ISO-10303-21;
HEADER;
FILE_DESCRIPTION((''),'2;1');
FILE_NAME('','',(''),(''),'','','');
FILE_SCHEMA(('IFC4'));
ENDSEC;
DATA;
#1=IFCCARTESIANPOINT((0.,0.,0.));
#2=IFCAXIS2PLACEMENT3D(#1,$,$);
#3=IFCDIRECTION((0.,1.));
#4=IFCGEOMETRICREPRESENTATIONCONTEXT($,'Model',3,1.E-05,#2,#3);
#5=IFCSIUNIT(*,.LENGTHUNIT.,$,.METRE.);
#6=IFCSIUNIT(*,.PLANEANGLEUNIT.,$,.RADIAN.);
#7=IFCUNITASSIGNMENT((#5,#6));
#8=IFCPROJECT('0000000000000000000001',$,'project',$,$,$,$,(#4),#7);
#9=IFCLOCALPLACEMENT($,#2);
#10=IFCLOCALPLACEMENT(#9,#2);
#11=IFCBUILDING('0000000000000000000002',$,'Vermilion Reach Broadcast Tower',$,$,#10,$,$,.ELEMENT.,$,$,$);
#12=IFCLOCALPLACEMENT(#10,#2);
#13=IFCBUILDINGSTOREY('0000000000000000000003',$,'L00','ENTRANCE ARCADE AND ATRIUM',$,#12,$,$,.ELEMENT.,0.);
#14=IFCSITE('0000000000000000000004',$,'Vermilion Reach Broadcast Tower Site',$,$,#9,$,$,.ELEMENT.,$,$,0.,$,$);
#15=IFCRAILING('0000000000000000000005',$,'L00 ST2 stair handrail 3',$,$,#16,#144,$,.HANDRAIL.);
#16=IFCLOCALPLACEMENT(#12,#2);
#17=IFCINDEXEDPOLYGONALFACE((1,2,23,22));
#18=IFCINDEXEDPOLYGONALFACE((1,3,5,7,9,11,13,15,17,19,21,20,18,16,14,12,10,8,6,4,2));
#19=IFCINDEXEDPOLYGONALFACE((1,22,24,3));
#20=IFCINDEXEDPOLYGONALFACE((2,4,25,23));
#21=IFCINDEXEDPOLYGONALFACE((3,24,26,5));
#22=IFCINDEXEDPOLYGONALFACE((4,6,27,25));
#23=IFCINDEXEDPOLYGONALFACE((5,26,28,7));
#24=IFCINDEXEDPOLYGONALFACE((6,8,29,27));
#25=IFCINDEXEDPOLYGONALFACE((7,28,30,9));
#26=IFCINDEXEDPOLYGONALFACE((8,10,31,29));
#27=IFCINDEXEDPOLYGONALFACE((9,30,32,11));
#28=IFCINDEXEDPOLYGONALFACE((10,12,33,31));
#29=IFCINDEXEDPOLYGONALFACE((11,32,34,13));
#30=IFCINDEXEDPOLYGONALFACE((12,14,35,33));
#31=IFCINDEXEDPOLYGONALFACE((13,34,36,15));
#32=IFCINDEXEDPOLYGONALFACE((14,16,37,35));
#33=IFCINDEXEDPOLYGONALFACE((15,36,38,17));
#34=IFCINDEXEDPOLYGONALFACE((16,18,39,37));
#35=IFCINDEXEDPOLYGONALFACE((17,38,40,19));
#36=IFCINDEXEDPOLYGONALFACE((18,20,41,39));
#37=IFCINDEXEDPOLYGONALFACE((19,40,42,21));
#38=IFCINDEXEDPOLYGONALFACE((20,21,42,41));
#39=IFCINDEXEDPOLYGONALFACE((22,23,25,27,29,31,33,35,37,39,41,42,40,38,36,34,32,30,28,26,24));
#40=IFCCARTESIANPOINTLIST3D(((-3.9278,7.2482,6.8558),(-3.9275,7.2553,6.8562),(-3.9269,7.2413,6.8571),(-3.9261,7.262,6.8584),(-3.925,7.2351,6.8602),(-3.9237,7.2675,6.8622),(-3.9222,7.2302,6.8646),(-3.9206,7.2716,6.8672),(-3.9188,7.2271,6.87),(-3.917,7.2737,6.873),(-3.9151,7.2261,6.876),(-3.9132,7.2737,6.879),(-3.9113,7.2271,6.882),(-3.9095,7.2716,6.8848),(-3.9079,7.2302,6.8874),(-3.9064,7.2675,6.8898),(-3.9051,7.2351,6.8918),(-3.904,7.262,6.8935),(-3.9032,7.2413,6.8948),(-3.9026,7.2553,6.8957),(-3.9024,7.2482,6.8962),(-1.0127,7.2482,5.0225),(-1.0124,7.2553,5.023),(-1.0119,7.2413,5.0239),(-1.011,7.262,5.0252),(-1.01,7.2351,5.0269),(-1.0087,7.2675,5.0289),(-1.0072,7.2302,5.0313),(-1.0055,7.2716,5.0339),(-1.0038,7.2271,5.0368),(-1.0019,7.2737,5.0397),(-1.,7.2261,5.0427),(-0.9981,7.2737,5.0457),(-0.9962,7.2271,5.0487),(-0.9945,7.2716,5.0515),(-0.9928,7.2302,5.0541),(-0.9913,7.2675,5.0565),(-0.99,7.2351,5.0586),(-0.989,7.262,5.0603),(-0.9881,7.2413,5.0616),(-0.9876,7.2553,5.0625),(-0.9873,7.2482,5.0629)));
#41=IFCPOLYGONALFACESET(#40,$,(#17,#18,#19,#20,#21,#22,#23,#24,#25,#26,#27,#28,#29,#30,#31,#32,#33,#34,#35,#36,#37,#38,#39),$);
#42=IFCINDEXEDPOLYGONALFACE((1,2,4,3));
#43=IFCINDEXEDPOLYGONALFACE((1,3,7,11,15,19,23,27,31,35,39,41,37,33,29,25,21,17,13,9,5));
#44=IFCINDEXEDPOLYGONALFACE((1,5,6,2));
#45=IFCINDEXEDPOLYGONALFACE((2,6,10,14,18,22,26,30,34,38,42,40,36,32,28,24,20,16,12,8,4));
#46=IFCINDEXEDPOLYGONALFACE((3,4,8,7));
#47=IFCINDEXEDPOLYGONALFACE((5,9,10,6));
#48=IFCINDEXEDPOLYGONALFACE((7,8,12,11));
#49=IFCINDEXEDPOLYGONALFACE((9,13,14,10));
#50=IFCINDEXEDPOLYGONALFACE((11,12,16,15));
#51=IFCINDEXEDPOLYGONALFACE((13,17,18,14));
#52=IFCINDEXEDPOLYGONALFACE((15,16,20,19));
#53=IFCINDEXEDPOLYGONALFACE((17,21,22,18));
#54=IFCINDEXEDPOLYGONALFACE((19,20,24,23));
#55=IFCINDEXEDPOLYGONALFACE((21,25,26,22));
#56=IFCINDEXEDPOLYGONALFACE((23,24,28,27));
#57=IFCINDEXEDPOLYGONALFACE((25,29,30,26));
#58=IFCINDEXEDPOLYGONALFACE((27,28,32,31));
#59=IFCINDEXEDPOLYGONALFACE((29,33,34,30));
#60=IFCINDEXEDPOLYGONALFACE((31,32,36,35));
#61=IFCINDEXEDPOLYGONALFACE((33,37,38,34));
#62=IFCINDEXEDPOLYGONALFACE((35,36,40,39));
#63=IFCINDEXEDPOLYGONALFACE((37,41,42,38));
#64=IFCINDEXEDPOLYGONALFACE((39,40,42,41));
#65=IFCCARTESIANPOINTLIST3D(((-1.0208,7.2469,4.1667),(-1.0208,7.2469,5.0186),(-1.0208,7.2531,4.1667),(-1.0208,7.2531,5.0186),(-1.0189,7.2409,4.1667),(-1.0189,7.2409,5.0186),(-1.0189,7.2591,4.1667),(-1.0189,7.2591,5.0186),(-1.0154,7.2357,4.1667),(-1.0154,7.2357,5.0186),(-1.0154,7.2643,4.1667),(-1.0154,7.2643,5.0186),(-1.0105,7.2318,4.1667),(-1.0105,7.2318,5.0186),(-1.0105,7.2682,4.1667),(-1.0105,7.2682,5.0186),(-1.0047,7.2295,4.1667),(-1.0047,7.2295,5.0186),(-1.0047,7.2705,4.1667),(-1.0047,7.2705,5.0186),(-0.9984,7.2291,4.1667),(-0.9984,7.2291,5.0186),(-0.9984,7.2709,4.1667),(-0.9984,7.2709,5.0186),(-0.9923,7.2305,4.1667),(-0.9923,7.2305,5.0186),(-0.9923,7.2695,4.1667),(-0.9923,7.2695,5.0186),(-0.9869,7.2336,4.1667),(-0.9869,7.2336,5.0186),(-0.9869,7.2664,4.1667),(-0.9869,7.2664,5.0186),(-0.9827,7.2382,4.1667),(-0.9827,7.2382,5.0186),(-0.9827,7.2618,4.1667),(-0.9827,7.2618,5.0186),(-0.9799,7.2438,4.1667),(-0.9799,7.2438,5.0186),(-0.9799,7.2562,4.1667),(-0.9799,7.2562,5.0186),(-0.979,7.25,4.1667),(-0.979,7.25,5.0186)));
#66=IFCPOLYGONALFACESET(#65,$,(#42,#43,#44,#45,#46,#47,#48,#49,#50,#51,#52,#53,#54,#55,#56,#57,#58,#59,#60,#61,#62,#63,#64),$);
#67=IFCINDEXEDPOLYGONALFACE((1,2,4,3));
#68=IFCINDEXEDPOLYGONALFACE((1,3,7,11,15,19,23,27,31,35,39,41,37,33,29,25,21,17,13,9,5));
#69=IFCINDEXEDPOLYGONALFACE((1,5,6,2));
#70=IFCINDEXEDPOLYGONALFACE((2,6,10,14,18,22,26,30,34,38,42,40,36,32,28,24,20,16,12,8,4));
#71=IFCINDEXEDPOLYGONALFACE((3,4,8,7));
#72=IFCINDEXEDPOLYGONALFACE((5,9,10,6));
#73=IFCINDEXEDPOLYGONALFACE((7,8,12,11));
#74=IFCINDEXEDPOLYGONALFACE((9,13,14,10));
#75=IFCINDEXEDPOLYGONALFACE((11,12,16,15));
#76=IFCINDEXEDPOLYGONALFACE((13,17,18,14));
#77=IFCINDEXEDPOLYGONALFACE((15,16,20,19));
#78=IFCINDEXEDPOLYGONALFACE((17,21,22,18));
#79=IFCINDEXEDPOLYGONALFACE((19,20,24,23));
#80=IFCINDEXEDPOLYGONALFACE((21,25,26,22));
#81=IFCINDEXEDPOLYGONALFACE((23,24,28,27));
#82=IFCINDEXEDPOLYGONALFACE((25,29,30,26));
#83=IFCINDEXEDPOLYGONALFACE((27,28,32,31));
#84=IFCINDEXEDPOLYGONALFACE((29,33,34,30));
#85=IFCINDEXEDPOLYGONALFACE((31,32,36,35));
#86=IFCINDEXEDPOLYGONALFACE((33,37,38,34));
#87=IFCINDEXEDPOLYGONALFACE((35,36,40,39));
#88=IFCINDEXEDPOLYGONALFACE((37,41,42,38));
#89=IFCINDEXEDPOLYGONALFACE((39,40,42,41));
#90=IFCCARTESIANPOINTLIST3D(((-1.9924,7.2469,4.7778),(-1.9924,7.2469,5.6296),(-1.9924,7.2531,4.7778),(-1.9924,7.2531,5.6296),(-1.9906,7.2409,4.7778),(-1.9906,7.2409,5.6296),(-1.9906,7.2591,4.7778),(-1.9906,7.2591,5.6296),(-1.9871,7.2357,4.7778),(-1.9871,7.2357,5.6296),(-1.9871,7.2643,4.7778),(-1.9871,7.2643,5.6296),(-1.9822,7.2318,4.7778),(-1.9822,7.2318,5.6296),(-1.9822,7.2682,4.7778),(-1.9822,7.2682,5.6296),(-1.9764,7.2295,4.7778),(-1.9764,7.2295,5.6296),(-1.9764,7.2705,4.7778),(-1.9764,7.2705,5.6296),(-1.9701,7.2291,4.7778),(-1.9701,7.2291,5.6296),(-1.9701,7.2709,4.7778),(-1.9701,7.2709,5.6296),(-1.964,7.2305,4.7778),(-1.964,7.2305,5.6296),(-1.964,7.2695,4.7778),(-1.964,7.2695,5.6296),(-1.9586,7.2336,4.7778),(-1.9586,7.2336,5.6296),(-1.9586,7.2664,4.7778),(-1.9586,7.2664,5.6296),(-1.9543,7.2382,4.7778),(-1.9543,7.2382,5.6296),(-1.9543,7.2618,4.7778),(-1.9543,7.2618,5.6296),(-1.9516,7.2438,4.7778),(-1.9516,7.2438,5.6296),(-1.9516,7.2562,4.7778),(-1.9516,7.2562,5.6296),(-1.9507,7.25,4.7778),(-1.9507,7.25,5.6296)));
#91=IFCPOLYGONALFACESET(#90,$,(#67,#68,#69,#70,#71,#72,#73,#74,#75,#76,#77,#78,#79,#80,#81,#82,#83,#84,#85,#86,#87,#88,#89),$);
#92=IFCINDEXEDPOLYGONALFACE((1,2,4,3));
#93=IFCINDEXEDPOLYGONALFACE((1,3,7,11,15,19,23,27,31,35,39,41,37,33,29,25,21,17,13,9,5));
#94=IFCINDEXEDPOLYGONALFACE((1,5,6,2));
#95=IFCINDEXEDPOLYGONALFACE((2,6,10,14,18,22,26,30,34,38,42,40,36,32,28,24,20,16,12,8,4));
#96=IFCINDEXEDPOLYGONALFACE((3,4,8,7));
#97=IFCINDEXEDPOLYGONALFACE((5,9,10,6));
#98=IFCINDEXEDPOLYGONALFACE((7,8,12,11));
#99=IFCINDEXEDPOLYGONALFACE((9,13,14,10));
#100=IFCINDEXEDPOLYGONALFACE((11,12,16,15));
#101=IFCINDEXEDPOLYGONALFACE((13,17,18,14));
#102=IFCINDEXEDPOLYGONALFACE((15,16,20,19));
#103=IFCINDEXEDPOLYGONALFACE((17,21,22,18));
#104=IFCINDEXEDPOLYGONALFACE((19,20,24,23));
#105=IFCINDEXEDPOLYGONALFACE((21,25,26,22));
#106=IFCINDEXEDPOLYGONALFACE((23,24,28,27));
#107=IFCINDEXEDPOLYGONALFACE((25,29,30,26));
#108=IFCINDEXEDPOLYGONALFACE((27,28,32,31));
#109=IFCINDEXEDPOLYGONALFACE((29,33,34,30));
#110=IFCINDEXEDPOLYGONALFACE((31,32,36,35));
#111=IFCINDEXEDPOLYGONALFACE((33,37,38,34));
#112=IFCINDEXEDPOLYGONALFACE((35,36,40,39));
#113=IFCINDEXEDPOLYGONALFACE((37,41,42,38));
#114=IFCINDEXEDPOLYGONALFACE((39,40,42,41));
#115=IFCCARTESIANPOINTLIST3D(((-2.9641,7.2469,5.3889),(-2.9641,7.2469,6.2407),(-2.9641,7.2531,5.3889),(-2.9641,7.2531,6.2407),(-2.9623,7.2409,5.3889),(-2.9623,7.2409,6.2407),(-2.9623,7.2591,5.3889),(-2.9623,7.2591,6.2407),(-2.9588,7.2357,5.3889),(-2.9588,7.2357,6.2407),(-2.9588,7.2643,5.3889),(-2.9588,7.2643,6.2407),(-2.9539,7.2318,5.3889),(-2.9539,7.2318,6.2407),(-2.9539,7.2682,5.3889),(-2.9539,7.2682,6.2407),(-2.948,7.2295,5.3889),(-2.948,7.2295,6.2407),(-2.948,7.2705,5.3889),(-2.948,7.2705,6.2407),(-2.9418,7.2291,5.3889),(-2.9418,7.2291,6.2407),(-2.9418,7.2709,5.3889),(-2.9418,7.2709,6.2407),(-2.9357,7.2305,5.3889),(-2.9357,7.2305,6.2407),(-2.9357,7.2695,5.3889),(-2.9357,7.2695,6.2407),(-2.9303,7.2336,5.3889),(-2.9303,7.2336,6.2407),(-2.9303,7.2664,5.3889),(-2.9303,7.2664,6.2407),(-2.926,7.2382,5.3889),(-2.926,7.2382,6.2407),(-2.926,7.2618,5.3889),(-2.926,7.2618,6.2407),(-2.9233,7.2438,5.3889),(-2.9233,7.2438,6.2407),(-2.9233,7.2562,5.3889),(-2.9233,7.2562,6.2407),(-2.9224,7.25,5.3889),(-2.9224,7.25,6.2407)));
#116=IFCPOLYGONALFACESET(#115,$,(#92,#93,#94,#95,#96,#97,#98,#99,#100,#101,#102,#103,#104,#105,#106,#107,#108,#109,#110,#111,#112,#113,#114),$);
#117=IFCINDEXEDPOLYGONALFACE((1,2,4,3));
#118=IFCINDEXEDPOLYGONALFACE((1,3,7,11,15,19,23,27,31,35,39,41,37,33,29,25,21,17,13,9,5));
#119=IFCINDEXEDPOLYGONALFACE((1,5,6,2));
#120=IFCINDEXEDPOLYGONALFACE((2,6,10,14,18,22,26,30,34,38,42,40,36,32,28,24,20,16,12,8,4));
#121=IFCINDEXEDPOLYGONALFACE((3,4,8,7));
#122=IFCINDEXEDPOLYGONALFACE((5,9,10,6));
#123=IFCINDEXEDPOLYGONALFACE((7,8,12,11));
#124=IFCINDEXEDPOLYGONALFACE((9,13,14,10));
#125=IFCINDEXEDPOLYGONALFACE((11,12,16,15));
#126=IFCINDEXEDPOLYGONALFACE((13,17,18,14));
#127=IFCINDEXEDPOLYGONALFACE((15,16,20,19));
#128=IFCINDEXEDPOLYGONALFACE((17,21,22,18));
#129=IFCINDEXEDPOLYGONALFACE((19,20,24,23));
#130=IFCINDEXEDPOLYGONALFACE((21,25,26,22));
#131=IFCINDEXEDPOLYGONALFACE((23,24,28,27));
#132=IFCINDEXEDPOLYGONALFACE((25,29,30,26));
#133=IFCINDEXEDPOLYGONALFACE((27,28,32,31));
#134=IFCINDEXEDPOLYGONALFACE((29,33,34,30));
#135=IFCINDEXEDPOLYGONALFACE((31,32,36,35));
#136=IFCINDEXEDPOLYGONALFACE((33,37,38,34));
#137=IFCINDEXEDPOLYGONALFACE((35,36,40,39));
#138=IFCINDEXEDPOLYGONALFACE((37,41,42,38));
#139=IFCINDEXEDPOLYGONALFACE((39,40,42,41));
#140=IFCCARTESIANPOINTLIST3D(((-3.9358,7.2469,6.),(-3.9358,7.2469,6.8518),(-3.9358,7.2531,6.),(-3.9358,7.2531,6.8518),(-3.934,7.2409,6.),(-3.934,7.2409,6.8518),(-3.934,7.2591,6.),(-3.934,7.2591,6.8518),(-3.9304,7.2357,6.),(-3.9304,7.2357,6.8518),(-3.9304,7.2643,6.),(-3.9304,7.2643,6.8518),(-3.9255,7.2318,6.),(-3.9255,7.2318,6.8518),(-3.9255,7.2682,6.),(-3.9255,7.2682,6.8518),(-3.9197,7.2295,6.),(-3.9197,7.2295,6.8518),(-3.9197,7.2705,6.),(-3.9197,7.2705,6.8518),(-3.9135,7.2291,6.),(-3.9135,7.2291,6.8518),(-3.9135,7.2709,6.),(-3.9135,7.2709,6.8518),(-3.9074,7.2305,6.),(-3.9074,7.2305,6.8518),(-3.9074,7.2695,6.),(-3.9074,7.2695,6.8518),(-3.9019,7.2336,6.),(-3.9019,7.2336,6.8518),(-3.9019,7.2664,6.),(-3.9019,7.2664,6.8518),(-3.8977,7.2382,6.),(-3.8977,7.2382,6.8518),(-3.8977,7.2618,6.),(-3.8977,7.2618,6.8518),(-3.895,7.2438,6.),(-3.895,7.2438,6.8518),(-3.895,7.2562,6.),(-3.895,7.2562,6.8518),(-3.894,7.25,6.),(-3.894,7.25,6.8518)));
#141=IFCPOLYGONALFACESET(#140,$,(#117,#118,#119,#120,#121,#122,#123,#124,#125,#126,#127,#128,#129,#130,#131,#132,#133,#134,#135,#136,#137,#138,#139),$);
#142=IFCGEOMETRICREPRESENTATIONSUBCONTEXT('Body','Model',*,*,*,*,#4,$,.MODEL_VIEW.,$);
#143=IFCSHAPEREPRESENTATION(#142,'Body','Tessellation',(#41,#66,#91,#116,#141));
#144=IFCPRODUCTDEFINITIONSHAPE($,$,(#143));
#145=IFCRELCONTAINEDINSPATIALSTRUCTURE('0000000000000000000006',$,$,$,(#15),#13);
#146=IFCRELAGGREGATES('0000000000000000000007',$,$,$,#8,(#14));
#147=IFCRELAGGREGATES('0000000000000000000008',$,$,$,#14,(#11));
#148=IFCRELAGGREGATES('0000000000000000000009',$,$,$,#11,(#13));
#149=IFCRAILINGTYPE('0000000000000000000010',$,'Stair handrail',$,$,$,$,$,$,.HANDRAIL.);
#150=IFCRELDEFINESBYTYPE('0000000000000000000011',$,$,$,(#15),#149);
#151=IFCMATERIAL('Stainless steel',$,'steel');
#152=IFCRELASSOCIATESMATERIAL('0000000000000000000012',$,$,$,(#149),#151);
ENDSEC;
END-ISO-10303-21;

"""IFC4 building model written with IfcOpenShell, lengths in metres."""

from ifc_helpers import new_model, si_unit, direction, frame, origin, origin_2d, place, context, subcontext, project, spatial, circle, extrude, material, type_object, element, save


model = new_model("IFC4")

# Units and contexts
model_context = context("Model", 3, precision=1e-05, world=origin(), true_north=direction((0.0, 1.0)))
body_context = subcontext(model_context, "Body", "Model", "MODEL_VIEW")
ifc_project = project(units=[si_unit("LENGTHUNIT", "METRE"), si_unit("PLANEANGLEUNIT", "RADIAN")], contexts=[model_context])

# Site, building, storey
site_placement = place(None, origin())
site = spatial("IfcSite", under=ifc_project, at=site_placement, Name="Vermilion Reach Broadcast Tower Site", CompositionType="ELEMENT", RefElevation=0.0)
building_placement = place(site_placement, origin())
building = spatial("IfcBuilding", under=site, at=building_placement, Name="Vermilion Reach Broadcast Tower", CompositionType="ELEMENT")
storey_placement = place(building_placement, origin())
storey = spatial("IfcBuildingStorey", under=building, at=storey_placement, Name="L00", Description="ENTRANCE ARCADE AND ATRIUM", CompositionType="ELEMENT", Elevation=0.0)

# Railing
ifc_material_1 = material(Name="Stainless steel", Category="steel")
railing_type_1 = type_object("IfcRailingType", Name="Stair handrail", PredefinedType="HANDRAIL", material=ifc_material_1)
for number, where, name in (
    (1, (-1.0, 7.25, 4.1667), "L00 ST2 stair handrail 3"),
):
    element("IfcRailing", number, at=place(storey_placement, frame(where)), inside=storey, type_object=railing_type_1, Name=name, PredefinedType="HANDRAIL", context=body_context, shape_type="SweptSolid", body=[
        extrude(circle(Radius=0.0239, at=origin_2d()), frame((0.0, 0.0, 0.876), z_axis=(-0.846513, 0.0, 0.532368), x_axis=(0.0, -1.0, 0.0)), (0.0, 0.0, 1.0), 3.4436),
        extrude(circle(Radius=0.021, at=origin_2d()), origin(), (0.0, 0.0, 1.0), 0.8518),
        extrude(circle(Radius=0.021, at=origin_2d()), frame((-0.9717, 0.0, 0.6111)), (0.0, 0.0, 1.0), 0.8518),
        extrude(circle(Radius=0.021, at=origin_2d()), frame((-1.9434, 0.0, 1.2222)), (0.0, 0.0, 1.0), 0.8518),
        extrude(circle(Radius=0.021, at=origin_2d()), frame((-2.915, 0.0, 1.8333)), (0.0, 0.0, 1.0), 0.8518),
    ])

save(model, "model.ifc")
